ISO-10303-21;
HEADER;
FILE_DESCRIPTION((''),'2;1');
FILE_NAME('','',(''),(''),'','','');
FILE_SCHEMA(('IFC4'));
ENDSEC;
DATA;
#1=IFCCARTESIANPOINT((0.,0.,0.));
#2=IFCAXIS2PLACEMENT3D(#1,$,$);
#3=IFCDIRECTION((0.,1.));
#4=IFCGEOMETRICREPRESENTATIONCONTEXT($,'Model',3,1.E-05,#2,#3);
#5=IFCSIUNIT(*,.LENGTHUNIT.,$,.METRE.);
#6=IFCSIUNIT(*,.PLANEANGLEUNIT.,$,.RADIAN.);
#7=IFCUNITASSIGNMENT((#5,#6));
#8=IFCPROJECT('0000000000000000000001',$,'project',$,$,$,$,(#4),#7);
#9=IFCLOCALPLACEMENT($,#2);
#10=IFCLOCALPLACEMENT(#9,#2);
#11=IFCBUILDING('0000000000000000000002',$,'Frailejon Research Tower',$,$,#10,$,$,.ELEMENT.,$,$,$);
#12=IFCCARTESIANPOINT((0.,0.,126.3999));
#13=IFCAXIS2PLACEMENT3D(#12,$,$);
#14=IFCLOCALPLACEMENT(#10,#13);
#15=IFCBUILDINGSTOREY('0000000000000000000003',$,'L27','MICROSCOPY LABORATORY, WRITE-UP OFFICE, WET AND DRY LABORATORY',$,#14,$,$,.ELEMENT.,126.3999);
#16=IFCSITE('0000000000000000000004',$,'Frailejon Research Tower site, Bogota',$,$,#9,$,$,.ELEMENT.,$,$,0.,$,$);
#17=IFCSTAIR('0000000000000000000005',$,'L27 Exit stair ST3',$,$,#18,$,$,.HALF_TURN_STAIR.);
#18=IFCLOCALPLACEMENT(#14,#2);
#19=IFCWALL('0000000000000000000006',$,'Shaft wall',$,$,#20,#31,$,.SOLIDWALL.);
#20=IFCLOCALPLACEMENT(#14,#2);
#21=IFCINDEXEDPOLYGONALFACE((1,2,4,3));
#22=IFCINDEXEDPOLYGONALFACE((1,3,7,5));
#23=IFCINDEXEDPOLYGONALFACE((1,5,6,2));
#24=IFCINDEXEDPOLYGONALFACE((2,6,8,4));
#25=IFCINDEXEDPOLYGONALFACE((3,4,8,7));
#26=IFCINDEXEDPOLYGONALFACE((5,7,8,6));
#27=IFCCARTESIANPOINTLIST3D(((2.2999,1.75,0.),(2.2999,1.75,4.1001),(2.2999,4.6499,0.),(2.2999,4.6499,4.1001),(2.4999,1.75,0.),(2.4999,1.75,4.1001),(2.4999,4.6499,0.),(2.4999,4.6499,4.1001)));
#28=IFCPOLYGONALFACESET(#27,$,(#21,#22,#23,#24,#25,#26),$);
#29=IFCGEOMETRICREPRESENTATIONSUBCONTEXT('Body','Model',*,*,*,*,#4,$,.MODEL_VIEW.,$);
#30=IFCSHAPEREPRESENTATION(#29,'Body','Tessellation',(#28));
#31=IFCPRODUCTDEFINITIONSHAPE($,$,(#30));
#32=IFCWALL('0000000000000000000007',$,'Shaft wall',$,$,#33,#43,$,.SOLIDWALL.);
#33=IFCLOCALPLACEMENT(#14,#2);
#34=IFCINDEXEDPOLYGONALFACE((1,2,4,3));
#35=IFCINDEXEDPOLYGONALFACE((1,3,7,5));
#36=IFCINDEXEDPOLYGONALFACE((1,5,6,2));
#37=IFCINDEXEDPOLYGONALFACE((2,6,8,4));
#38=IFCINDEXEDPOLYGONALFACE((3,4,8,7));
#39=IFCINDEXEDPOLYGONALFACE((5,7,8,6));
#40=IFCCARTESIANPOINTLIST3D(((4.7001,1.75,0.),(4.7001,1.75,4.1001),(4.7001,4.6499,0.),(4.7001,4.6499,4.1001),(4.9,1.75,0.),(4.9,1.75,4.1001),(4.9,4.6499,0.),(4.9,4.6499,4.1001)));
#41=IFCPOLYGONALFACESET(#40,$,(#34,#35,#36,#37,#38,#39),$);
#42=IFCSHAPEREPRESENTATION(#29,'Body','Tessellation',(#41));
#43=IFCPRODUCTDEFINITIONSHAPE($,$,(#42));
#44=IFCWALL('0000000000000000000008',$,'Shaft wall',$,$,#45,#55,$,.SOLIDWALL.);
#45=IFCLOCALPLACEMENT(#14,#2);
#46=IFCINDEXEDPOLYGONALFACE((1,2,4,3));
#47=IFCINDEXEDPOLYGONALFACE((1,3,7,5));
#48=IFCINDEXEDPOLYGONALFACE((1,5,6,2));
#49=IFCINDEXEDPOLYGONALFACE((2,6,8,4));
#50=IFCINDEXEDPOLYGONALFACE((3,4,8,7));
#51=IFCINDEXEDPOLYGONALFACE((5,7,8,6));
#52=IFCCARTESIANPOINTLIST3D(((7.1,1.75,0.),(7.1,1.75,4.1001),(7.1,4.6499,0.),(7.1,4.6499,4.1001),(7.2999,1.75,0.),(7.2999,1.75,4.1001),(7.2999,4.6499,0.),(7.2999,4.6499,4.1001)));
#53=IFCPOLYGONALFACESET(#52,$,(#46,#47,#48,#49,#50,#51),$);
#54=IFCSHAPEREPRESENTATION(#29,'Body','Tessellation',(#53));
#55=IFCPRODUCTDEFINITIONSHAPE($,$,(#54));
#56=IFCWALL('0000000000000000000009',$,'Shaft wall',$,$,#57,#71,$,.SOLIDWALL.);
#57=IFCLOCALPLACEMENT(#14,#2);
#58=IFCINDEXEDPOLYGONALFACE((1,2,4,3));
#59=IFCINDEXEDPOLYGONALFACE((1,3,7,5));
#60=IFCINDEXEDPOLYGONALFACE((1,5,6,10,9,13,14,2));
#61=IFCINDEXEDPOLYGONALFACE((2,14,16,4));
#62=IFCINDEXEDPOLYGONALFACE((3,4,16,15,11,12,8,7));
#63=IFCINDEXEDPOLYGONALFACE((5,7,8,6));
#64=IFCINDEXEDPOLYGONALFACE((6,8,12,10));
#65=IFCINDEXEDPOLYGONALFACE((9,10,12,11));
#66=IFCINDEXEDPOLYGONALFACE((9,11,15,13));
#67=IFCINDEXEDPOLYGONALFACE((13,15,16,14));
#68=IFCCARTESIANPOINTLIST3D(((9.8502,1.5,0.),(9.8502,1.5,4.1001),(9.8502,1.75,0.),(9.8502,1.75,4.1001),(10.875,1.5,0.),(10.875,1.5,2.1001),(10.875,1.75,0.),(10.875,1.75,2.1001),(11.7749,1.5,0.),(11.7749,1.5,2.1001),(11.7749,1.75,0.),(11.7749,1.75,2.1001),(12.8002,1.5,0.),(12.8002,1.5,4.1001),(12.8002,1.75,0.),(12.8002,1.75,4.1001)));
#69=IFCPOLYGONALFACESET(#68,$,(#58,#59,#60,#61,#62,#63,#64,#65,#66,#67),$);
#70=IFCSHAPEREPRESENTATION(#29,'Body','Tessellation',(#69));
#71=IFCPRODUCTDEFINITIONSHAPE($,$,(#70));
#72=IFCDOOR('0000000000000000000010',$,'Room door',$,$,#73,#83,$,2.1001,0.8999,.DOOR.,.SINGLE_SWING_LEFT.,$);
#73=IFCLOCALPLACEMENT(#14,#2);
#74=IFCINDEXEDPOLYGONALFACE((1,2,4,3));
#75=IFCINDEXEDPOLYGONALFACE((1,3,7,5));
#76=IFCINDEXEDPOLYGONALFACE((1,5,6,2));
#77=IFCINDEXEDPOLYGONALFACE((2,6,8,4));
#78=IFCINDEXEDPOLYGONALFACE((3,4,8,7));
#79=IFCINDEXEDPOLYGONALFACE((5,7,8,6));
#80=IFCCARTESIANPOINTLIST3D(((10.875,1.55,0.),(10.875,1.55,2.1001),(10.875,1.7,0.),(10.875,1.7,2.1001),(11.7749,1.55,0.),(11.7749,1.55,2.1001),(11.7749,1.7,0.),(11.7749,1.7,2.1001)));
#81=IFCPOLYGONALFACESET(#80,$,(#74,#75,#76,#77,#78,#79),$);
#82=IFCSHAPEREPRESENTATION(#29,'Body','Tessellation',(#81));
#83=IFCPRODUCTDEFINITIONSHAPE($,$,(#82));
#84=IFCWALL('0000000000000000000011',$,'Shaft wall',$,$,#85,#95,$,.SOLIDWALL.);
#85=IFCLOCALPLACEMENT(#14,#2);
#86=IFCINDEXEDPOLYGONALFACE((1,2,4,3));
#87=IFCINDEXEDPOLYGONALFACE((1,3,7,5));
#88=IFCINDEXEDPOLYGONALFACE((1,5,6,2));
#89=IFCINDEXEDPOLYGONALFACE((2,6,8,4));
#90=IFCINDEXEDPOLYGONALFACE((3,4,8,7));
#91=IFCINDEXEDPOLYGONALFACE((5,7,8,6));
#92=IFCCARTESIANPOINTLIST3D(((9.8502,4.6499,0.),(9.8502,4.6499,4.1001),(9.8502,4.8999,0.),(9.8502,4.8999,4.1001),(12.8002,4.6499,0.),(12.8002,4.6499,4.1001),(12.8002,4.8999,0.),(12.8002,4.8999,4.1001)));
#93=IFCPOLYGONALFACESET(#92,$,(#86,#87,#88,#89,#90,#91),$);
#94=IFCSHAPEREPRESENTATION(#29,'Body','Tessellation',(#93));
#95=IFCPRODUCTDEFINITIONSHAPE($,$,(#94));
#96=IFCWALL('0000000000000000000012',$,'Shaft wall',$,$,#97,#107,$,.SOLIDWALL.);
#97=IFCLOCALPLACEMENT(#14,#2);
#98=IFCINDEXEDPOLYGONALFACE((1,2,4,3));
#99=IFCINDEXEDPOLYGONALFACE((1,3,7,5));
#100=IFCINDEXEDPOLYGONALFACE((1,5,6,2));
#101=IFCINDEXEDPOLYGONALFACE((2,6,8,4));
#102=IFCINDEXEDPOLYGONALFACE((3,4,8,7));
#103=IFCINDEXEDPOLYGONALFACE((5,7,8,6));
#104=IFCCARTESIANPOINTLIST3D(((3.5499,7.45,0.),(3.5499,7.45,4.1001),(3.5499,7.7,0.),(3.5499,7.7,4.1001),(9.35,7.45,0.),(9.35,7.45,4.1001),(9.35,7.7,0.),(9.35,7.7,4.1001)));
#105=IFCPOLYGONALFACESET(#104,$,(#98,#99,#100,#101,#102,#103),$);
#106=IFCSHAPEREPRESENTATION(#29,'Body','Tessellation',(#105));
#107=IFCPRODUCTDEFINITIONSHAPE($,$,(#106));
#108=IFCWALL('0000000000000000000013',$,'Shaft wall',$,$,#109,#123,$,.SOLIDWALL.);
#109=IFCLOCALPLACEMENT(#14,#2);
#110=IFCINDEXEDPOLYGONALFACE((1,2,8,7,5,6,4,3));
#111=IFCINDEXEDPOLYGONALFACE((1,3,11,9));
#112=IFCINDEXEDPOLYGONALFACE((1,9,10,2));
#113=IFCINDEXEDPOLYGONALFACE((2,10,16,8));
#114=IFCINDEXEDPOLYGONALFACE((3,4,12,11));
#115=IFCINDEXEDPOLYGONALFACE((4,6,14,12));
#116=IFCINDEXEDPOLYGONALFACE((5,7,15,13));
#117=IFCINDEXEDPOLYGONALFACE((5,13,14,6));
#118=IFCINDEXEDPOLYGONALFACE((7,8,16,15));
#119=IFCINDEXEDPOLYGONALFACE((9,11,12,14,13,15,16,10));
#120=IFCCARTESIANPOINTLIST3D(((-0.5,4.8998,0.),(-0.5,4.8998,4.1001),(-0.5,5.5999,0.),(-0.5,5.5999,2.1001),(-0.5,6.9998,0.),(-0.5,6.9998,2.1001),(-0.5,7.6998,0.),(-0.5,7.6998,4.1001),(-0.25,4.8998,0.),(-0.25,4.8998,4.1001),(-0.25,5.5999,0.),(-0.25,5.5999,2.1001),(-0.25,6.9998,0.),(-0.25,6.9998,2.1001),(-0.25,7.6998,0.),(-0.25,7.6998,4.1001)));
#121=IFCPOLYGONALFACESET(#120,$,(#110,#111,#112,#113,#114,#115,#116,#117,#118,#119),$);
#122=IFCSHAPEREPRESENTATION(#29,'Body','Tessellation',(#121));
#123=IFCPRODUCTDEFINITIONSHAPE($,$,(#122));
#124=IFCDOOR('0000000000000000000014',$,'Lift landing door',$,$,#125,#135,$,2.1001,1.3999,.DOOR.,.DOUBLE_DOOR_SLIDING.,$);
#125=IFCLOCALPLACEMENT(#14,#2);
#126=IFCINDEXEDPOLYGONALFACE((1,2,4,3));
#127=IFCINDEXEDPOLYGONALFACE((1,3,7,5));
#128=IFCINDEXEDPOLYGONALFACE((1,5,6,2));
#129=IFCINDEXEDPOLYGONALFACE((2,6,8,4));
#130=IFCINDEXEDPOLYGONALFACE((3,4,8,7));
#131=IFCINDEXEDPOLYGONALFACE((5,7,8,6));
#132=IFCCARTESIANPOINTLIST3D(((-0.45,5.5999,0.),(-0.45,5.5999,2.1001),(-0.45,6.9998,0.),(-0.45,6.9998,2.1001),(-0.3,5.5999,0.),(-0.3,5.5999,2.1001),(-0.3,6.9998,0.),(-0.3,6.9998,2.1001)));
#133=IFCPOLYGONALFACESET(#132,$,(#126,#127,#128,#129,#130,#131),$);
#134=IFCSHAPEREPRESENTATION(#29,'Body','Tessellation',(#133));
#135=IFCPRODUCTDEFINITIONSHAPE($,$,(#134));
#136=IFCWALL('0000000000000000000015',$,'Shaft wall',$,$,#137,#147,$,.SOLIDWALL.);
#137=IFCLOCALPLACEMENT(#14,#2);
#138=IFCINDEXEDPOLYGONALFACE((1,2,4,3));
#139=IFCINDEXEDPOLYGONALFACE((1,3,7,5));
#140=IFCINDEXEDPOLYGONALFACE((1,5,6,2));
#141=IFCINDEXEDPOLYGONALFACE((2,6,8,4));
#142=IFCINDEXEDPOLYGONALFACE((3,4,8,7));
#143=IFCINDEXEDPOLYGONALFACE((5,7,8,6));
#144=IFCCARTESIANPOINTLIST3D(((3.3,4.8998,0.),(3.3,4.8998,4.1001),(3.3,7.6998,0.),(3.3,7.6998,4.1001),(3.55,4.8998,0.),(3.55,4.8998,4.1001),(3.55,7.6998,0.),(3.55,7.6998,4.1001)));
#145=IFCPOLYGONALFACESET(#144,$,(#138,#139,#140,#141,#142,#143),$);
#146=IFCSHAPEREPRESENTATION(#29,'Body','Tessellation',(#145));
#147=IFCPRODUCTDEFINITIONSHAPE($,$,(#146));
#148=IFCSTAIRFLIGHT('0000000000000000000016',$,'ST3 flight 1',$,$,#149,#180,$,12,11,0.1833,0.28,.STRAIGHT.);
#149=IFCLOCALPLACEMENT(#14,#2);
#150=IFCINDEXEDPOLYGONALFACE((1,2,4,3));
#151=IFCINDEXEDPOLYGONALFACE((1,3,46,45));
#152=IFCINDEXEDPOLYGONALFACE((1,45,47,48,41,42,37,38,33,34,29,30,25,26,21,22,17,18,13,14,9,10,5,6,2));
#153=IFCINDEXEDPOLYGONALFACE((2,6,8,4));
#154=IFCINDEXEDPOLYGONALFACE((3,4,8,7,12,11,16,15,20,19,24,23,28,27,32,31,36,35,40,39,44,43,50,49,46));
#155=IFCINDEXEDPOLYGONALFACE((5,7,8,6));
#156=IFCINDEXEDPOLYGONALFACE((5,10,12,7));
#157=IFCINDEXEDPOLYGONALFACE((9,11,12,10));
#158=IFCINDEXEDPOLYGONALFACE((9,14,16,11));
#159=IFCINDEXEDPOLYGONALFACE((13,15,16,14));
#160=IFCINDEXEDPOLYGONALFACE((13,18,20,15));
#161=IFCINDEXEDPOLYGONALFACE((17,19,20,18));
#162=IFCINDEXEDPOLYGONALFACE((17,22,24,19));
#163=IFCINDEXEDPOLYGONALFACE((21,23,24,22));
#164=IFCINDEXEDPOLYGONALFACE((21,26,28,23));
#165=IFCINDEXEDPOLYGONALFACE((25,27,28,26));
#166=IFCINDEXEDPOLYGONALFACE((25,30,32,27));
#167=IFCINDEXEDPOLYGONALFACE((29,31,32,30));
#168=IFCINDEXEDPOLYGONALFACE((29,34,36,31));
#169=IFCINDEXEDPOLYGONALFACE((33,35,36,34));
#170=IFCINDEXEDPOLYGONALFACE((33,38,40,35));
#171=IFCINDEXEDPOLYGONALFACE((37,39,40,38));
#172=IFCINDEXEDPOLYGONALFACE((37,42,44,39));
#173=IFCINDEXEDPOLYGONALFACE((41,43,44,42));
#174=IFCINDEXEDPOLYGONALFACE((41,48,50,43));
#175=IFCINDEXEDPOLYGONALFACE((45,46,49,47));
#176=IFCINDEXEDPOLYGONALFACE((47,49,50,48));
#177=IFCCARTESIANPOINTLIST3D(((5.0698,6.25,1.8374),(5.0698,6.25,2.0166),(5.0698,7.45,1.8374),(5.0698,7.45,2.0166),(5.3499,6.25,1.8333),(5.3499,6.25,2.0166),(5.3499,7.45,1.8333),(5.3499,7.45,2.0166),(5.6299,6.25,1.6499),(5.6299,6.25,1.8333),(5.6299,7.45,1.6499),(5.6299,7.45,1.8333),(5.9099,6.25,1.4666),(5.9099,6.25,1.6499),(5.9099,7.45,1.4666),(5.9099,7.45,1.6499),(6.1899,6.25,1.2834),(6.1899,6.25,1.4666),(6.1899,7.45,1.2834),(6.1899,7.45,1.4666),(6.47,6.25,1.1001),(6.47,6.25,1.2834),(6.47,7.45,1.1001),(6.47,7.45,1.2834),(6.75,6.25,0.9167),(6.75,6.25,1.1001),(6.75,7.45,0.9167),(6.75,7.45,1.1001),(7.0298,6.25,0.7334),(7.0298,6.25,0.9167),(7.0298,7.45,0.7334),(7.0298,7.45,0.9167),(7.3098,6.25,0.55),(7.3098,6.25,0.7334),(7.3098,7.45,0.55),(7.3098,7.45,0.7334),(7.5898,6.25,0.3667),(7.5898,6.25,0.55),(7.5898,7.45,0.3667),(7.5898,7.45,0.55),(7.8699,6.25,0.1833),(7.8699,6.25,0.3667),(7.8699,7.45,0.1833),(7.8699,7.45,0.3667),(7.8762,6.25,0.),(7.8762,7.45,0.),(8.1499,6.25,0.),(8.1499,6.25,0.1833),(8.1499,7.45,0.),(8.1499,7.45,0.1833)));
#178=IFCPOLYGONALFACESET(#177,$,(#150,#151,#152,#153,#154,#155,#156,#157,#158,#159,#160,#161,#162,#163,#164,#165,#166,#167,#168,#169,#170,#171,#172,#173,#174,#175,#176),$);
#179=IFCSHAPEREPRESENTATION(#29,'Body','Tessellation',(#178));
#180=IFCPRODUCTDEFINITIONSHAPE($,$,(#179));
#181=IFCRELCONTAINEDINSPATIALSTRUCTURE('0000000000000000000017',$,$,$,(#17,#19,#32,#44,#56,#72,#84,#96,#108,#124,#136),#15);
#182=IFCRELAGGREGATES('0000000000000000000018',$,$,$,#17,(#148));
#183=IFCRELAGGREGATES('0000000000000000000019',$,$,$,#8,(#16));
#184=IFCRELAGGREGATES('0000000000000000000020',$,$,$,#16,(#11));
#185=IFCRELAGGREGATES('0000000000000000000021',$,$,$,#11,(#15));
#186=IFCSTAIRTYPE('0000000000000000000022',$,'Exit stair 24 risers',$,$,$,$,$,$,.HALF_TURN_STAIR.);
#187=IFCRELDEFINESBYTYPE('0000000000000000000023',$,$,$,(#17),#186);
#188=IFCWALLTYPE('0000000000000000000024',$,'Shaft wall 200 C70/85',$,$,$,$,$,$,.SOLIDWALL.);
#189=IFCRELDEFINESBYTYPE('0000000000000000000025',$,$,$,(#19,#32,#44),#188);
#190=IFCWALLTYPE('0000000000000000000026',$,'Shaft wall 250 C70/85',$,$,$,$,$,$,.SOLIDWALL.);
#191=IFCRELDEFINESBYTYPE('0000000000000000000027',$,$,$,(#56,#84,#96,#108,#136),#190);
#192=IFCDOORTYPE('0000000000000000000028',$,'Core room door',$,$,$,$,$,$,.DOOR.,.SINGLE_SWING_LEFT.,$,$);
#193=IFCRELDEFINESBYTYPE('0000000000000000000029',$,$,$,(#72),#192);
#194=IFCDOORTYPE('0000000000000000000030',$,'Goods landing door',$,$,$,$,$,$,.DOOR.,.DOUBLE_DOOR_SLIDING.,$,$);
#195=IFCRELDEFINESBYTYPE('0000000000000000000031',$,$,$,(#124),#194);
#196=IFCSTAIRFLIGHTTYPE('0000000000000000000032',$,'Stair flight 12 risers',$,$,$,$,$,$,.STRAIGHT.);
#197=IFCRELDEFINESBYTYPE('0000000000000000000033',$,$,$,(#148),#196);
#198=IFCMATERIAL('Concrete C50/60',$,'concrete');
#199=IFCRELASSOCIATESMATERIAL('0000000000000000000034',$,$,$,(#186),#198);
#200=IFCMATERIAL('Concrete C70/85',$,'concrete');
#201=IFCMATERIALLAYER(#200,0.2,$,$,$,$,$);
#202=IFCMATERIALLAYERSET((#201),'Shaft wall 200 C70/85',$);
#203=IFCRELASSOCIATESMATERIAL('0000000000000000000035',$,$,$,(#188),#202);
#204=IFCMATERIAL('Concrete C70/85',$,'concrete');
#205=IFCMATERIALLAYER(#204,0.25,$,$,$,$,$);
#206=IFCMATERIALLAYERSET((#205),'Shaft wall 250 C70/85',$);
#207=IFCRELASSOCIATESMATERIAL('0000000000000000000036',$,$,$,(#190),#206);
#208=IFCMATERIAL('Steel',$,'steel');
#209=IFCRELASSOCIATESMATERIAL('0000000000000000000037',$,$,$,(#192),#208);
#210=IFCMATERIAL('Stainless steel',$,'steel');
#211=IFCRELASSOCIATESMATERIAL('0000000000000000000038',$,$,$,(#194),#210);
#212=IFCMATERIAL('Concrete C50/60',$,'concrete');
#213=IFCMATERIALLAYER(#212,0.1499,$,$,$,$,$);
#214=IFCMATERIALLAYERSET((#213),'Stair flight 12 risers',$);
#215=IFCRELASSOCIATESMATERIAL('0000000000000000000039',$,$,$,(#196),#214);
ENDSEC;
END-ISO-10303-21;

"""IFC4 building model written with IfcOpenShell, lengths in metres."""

from ifc_helpers import new_model, si_unit, direction, frame, frame_2d, origin, place, context, subcontext, project, spatial, polyline, rectangle, outline, extrude, material, layer, layer_set, type_object, element, fill, aggregate, save


model = new_model("IFC4")

# Units and contexts
model_context = context("Model", 3, precision=1e-05, world=origin(), true_north=direction((0.0, 1.0)))
body_context = subcontext(model_context, "Body", "Model", "MODEL_VIEW")
ifc_project = project(units=[si_unit("LENGTHUNIT", "METRE"), si_unit("PLANEANGLEUNIT", "RADIAN")], contexts=[model_context])

# Site, building, storey
site_placement = place(None, origin())
site = spatial("IfcSite", under=ifc_project, at=site_placement, Name="Frailejon Research Tower site, Bogota", CompositionType="ELEMENT", RefElevation=0.0)
building_placement = place(site_placement, origin())
building = spatial("IfcBuilding", under=site, at=building_placement, Name="Frailejon Research Tower", CompositionType="ELEMENT")
storey_placement = place(building_placement, frame((0.0, 0.0, 126.3999)))
storey = spatial("IfcBuildingStorey", under=building, at=storey_placement, Name="L27", Description="MICROSCOPY LABORATORY, WRITE-UP OFFICE, WET AND DRY LABORATORY", CompositionType="ELEMENT", Elevation=126.3999)

# Stair
ifc_material_1 = material(Name="Concrete C50/60", Category="concrete")
stair_type = type_object("IfcStairType", Name="Exit stair 24 risers", PredefinedType="HALF_TURN_STAIR", material=ifc_material_1)
stair_placement = place(storey_placement, origin())
stair = element("IfcStair", 1, at=stair_placement, inside=storey, type_object=stair_type, Name="L27 Exit stair ST3", PredefinedType="HALF_TURN_STAIR")

# Walls
ifc_material_2 = material(Name="Concrete C70/85", Category="concrete")
ifc_layer_1 = layer(ifc_material_2, 0.2)
ifc_layer_set_1 = layer_set([ifc_layer_1], Name="Shaft wall 200 C70/85")
wall_type_1 = type_object("IfcWallType", Name="Shaft wall 200 C70/85", PredefinedType="SOLIDWALL", material=ifc_layer_set_1)
for number, where, z_axis, x_axis, name in (
    (2, (2.3999, 1.75, 0.0), (0.0, 0.0, 1.0), (0.0, 1.0, 0.0), "Shaft wall"),
    (3, (4.8, 1.75, 0.0), (0.0, 0.0, 1.0), (0.0, 1.0, 0.0), "Shaft wall"),
    (4, (7.2, 1.75, 0.0), (0.0, 0.0, 1.0), (0.0, 1.0, 0.0), "Shaft wall"),
):
    element("IfcWall", number, at=place(storey_placement, frame(where, z_axis=z_axis, x_axis=x_axis)), inside=storey, type_object=wall_type_1, Name=name, PredefinedType="SOLIDWALL", context=body_context, shape_type="SweptSolid", body=[
        extrude(rectangle(XDim=2.8999, YDim=0.2, at=frame_2d((1.45, 0.0))), origin(), (0.0, 0.0, 1.0), 4.1001),
    ])

# Wall, opening, door
ifc_material_3 = material(Name="Concrete C70/85", Category="concrete")
ifc_layer_2 = layer(ifc_material_3, 0.25)
ifc_layer_set_2 = layer_set([ifc_layer_2], Name="Shaft wall 250 C70/85")
wall_type_2 = type_object("IfcWallType", Name="Shaft wall 250 C70/85", PredefinedType="SOLIDWALL", material=ifc_layer_set_2)
wall_1_placement = place(storey_placement, frame((9.8501, 1.625, 0.0), z_axis=(0.0, 0.0, 1.0), x_axis=(1.0, 0.0, 0.0)))
wall_1 = element("IfcWall", 5, at=wall_1_placement, inside=storey, type_object=wall_type_2, Name="Shaft wall", PredefinedType="SOLIDWALL", context=body_context, shape_type="SweptSolid", body=[
    extrude(rectangle(XDim=2.95, YDim=0.25, at=frame_2d((1.4751, 0.0))), origin(), (0.0, 0.0, 1.0), 4.1001),
])
opening_1_placement = place(wall_1_placement, frame((1.0249, 0.0, 0.0)))
opening_1 = element("IfcOpeningElement", 6, at=opening_1_placement, cuts=wall_1, PredefinedType="OPENING", context=body_context, shape_type="SweptSolid", body=[
    extrude(rectangle(XDim=0.8999, YDim=2.1001, at=frame_2d((0.45, 1.05))), frame((0.0, 0.135, 0.0), z_axis=(0.0, -1.0, 0.0), x_axis=(1.0, 0.0, 0.0)), (0.0, 0.0, 1.0), 0.27),
])
ifc_material_4 = material(Name="Steel", Category="steel")
door_type_1 = type_object("IfcDoorType", Name="Core room door", OperationType="SINGLE_SWING_LEFT", PredefinedType="DOOR", material=ifc_material_4)
door_1_placement = place(opening_1_placement, origin())
door_1 = element("IfcDoor", 7, at=door_1_placement, inside=storey, type_object=door_type_1, Name="Room door", OperationType="SINGLE_SWING_LEFT", OverallHeight=2.1001, OverallWidth=0.8999, PredefinedType="DOOR", context=body_context, shape_type="SweptSolid", body=[
    extrude(rectangle(XDim=0.8999, YDim=2.1001, at=frame_2d((0.45, 1.05))), frame((0.0, 0.075, 0.0), z_axis=(0.0, -1.0, 0.0), x_axis=(1.0, 0.0, 0.0)), (0.0, 0.0, 1.0), 0.1499),
])
fill(opening_1, door_1)

# Walls
wall_2_placement = place(storey_placement, frame((9.8501, 4.7749, 0.0), z_axis=(0.0, 0.0, 1.0), x_axis=(1.0, 0.0, 0.0)))
element("IfcWall", 8, at=wall_2_placement, inside=storey, type_object=wall_type_2, Name="Shaft wall", PredefinedType="SOLIDWALL", context=body_context, shape_type="SweptSolid", body=[
    extrude(rectangle(XDim=2.95, YDim=0.25, at=frame_2d((1.4751, 0.0))), origin(), (0.0, 0.0, 1.0), 4.1001),
])
wall_3_placement = place(storey_placement, frame((3.55, 7.575, 0.0), z_axis=(0.0, 0.0, 1.0), x_axis=(1.0, 0.0, 0.0)))
element("IfcWall", 9, at=wall_3_placement, inside=storey, type_object=wall_type_2, Name="Shaft wall", PredefinedType="SOLIDWALL", context=body_context, shape_type="SweptSolid", body=[
    extrude(rectangle(XDim=5.8, YDim=0.25, at=frame_2d((2.8999, 0.0))), origin(), (0.0, 0.0, 1.0), 4.1001),
])

# Wall, opening, door
wall_4_placement = place(storey_placement, frame((-0.375, 4.8999, 0.0), z_axis=(0.0, 0.0, 1.0), x_axis=(0.0, 1.0, 0.0)))
wall_4 = element("IfcWall", 10, at=wall_4_placement, inside=storey, type_object=wall_type_2, Name="Shaft wall", PredefinedType="SOLIDWALL", context=body_context, shape_type="SweptSolid", body=[
    extrude(rectangle(XDim=2.8, YDim=0.25, at=frame_2d((1.3999, 0.0))), origin(), (0.0, 0.0, 1.0), 4.1001),
])
opening_2_placement = place(wall_4_placement, frame((0.7, 0.0, 0.0)))
opening_2 = element("IfcOpeningElement", 11, at=opening_2_placement, cuts=wall_4, PredefinedType="OPENING", context=body_context, shape_type="SweptSolid", body=[
    extrude(rectangle(XDim=1.3999, YDim=2.1001, at=frame_2d((0.7, 1.05))), frame((0.0, 0.135, 0.0), z_axis=(0.0, -1.0, 0.0), x_axis=(1.0, 0.0, 0.0)), (0.0, 0.0, 1.0), 0.27),
])
ifc_material_5 = material(Name="Stainless steel", Category="steel")
door_type_2 = type_object("IfcDoorType", Name="Goods landing door", OperationType="DOUBLE_DOOR_SLIDING", PredefinedType="DOOR", material=ifc_material_5)
door_2_placement = place(opening_2_placement, origin())
door_2 = element("IfcDoor", 12, at=door_2_placement, inside=storey, type_object=door_type_2, Name="Lift landing door", OperationType="DOUBLE_DOOR_SLIDING", OverallHeight=2.1001, OverallWidth=1.3999, PredefinedType="DOOR", context=body_context, shape_type="SweptSolid", body=[
    extrude(rectangle(XDim=1.3999, YDim=2.1001, at=frame_2d((0.7, 1.05))), frame((0.0, 0.075, 0.0), z_axis=(0.0, -1.0, 0.0), x_axis=(1.0, 0.0, 0.0)), (0.0, 0.0, 1.0), 0.1499),
])
fill(opening_2, door_2)

# Wall
wall_5_placement = place(storey_placement, frame((3.425, 4.8999, 0.0), z_axis=(0.0, 0.0, 1.0), x_axis=(0.0, 1.0, 0.0)))
element("IfcWall", 13, at=wall_5_placement, inside=storey, type_object=wall_type_2, Name="Shaft wall", PredefinedType="SOLIDWALL", context=body_context, shape_type="SweptSolid", body=[
    extrude(rectangle(XDim=2.8, YDim=0.25, at=frame_2d((1.3999, 0.0))), origin(), (0.0, 0.0, 1.0), 4.1001),
])

# Stair flight
ifc_material_6 = material(Name="Concrete C50/60", Category="concrete")
ifc_layer_3 = layer(ifc_material_6, 0.1499)
ifc_layer_set_3 = layer_set([ifc_layer_3], Name="Stair flight 12 risers")
stair_flight_type = type_object("IfcStairFlightType", Name="Stair flight 12 risers", PredefinedType="STRAIGHT", material=ifc_layer_set_3)
stair_flight_1_placement = place(storey_placement, frame((8.1499, 6.8501, 0.0), z_axis=(0.0, 0.0, 1.0), x_axis=(-1.0, 0.0, 0.0)))
stair_flight_1 = element("IfcStairFlight", 14, at=stair_flight_1_placement, type_object=stair_flight_type, Name="ST3 flight 1", NumberOfRisers=12, NumberOfTreads=11, PredefinedType="STRAIGHT", RiserHeight=0.1833, TreadLength=0.28, context=body_context, shape_type="SweptSolid", body=[
    extrude(outline(polyline([(0.0, 0.0), (0.0, 0.1833), (0.28, 0.1833), (0.28, 0.3667), (0.5601, 0.3667), (0.5601, 0.55), (0.8401, 0.55), (0.8401, 0.7334), (1.1201, 0.7334), (1.1201, 0.9167), (1.3999, 0.9167), (1.3999, 1.1001), (1.6799, 1.1001), (1.6799, 1.2834), (1.96, 1.2834), (1.96, 1.4666), (2.24, 1.4666), (2.24, 1.6499), (2.52, 1.6499), (2.52, 1.8333), (2.8, 1.8333), (2.8, 2.0166), (3.0801, 2.0166), (3.0801, 2.2), (3.0801, 1.8374), (0.2737, 0.0), (0.0, 0.0)])), frame((0.0, 0.6001, 0.0), z_axis=(0.0, -1.0, 0.0), x_axis=(1.0, 0.0, 0.0)), (0.0, 0.0, 1.0), 1.2),
])
aggregate(stair, [stair_flight_1])

save(model, "model.ifc")
